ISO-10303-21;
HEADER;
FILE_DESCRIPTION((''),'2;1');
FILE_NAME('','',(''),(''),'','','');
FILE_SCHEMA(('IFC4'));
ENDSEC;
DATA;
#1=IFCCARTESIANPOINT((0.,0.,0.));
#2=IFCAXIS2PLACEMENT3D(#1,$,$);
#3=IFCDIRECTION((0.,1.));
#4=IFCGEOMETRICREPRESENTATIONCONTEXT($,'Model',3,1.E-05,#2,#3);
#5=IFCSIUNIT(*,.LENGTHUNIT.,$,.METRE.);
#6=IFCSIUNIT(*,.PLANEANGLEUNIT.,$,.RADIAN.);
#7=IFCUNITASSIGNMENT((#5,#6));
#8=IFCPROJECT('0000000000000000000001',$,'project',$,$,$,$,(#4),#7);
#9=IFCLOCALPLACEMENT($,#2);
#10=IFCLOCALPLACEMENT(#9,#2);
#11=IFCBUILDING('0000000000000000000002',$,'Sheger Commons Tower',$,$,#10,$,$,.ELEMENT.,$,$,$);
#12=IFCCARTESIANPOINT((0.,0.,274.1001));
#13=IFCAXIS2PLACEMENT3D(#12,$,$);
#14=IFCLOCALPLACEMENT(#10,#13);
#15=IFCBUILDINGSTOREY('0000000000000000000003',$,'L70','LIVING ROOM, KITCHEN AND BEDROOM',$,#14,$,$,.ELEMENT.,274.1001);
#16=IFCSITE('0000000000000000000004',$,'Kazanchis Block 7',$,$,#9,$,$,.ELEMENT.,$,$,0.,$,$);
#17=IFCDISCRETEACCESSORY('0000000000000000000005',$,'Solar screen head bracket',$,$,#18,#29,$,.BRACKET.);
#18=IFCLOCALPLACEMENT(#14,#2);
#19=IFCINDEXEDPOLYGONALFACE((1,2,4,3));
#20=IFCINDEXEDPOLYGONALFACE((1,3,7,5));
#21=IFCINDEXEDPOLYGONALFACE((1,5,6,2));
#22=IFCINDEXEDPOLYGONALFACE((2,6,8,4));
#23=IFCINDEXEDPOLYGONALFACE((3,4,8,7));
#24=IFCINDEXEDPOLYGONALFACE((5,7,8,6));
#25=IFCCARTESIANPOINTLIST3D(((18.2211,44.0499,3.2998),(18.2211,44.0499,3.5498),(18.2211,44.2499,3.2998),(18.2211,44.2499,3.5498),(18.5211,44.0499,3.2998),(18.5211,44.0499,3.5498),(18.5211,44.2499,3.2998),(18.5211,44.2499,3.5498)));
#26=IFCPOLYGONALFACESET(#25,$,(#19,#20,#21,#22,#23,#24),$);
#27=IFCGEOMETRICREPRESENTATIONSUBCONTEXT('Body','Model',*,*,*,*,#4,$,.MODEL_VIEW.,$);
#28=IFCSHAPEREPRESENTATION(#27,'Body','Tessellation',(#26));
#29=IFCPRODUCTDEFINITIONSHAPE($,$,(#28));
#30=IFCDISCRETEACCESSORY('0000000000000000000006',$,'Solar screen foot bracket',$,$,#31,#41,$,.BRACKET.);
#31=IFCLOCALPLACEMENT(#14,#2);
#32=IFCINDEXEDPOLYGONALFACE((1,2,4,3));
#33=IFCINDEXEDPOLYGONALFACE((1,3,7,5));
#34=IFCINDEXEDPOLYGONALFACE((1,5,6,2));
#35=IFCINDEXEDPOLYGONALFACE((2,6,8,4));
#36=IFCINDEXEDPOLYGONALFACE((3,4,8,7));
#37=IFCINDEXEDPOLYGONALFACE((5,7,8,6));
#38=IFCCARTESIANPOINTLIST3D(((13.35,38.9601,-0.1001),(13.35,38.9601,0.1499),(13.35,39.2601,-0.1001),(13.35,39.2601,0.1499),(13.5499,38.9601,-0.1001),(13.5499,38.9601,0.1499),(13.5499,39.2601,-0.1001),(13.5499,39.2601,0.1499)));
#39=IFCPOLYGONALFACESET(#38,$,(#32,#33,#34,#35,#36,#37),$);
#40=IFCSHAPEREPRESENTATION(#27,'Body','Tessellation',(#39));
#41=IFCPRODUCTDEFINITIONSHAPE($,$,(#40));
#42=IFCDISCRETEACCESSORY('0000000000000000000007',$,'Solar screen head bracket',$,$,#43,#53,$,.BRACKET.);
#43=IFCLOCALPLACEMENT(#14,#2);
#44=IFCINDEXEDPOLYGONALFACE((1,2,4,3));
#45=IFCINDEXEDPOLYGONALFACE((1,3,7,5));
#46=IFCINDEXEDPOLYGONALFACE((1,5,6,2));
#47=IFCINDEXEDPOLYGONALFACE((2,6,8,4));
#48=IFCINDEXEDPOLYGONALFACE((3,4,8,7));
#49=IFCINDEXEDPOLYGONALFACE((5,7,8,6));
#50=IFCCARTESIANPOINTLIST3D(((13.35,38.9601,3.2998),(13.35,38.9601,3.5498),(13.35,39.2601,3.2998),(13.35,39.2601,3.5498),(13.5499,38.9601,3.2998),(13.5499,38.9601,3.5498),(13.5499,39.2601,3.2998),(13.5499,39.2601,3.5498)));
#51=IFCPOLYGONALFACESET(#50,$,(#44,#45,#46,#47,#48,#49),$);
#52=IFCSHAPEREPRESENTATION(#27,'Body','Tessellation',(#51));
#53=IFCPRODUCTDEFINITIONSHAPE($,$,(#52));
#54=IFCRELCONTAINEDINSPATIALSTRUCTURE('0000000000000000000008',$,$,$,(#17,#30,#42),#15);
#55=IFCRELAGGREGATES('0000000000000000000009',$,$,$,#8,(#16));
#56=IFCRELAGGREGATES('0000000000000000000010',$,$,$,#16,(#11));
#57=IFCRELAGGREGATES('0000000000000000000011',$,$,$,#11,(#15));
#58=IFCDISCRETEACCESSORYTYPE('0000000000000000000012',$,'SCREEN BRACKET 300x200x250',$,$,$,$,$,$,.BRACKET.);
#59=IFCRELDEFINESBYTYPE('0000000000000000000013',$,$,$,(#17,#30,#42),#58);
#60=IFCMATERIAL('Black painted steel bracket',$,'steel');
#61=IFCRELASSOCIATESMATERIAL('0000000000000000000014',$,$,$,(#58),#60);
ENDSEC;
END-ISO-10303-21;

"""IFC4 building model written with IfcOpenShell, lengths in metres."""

from ifc_helpers import new_model, si_unit, direction, frame, origin, origin_2d, place, context, subcontext, project, spatial, rectangle, extrude, material, type_object, element, save


model = new_model("IFC4")

# Units and contexts
model_context = context("Model", 3, precision=1e-05, world=origin(), true_north=direction((0.0, 1.0)))
body_context = subcontext(model_context, "Body", "Model", "MODEL_VIEW")
ifc_project = project(units=[si_unit("LENGTHUNIT", "METRE"), si_unit("PLANEANGLEUNIT", "RADIAN")], contexts=[model_context])

# Site, building, storey
site_placement = place(None, origin())
site = spatial("IfcSite", under=ifc_project, at=site_placement, Name="Kazanchis Block 7", CompositionType="ELEMENT", RefElevation=0.0)
building_placement = place(site_placement, origin())
building = spatial("IfcBuilding", under=site, at=building_placement, Name="Sheger Commons Tower", CompositionType="ELEMENT")
storey_placement = place(building_placement, frame((0.0, 0.0, 274.1001)))
storey = spatial("IfcBuildingStorey", under=building, at=storey_placement, Name="L70", Description="LIVING ROOM, KITCHEN AND BEDROOM", CompositionType="ELEMENT", Elevation=274.1001)

# Discrete accessories
ifc_material_1 = material(Name="Black painted steel bracket", Category="steel")
discrete_accessory_type = type_object("IfcDiscreteAccessoryType", Name="SCREEN BRACKET 300x200x250", PredefinedType="BRACKET", material=ifc_material_1)
for number, where, z_axis, x_axis, name in (
    (1, (18.3711, 44.1499, 3.2998), (0.0, 0.0, 1.0), (-1.0, 0.0, 0.0), "Solar screen head bracket"),
    (2, (13.45, 39.1101, -0.1001), (0.0, 0.0, 1.0), (0.0, -1.0, 0.0), "Solar screen foot bracket"),
    (3, (13.45, 39.1101, 3.2998), (0.0, 0.0, 1.0), (0.0, -1.0, 0.0), "Solar screen head bracket"),
):
    element("IfcDiscreteAccessory", number, at=place(storey_placement, frame(where, z_axis=z_axis, x_axis=x_axis)), inside=storey, type_object=discrete_accessory_type, Name=name, PredefinedType="BRACKET", context=body_context, shape_type="SweptSolid", body=[
        extrude(rectangle(XDim=0.3, YDim=0.2, at=origin_2d()), origin(), (0.0, 0.0, 1.0), 0.25),
    ])

save(model, "model.ifc")
